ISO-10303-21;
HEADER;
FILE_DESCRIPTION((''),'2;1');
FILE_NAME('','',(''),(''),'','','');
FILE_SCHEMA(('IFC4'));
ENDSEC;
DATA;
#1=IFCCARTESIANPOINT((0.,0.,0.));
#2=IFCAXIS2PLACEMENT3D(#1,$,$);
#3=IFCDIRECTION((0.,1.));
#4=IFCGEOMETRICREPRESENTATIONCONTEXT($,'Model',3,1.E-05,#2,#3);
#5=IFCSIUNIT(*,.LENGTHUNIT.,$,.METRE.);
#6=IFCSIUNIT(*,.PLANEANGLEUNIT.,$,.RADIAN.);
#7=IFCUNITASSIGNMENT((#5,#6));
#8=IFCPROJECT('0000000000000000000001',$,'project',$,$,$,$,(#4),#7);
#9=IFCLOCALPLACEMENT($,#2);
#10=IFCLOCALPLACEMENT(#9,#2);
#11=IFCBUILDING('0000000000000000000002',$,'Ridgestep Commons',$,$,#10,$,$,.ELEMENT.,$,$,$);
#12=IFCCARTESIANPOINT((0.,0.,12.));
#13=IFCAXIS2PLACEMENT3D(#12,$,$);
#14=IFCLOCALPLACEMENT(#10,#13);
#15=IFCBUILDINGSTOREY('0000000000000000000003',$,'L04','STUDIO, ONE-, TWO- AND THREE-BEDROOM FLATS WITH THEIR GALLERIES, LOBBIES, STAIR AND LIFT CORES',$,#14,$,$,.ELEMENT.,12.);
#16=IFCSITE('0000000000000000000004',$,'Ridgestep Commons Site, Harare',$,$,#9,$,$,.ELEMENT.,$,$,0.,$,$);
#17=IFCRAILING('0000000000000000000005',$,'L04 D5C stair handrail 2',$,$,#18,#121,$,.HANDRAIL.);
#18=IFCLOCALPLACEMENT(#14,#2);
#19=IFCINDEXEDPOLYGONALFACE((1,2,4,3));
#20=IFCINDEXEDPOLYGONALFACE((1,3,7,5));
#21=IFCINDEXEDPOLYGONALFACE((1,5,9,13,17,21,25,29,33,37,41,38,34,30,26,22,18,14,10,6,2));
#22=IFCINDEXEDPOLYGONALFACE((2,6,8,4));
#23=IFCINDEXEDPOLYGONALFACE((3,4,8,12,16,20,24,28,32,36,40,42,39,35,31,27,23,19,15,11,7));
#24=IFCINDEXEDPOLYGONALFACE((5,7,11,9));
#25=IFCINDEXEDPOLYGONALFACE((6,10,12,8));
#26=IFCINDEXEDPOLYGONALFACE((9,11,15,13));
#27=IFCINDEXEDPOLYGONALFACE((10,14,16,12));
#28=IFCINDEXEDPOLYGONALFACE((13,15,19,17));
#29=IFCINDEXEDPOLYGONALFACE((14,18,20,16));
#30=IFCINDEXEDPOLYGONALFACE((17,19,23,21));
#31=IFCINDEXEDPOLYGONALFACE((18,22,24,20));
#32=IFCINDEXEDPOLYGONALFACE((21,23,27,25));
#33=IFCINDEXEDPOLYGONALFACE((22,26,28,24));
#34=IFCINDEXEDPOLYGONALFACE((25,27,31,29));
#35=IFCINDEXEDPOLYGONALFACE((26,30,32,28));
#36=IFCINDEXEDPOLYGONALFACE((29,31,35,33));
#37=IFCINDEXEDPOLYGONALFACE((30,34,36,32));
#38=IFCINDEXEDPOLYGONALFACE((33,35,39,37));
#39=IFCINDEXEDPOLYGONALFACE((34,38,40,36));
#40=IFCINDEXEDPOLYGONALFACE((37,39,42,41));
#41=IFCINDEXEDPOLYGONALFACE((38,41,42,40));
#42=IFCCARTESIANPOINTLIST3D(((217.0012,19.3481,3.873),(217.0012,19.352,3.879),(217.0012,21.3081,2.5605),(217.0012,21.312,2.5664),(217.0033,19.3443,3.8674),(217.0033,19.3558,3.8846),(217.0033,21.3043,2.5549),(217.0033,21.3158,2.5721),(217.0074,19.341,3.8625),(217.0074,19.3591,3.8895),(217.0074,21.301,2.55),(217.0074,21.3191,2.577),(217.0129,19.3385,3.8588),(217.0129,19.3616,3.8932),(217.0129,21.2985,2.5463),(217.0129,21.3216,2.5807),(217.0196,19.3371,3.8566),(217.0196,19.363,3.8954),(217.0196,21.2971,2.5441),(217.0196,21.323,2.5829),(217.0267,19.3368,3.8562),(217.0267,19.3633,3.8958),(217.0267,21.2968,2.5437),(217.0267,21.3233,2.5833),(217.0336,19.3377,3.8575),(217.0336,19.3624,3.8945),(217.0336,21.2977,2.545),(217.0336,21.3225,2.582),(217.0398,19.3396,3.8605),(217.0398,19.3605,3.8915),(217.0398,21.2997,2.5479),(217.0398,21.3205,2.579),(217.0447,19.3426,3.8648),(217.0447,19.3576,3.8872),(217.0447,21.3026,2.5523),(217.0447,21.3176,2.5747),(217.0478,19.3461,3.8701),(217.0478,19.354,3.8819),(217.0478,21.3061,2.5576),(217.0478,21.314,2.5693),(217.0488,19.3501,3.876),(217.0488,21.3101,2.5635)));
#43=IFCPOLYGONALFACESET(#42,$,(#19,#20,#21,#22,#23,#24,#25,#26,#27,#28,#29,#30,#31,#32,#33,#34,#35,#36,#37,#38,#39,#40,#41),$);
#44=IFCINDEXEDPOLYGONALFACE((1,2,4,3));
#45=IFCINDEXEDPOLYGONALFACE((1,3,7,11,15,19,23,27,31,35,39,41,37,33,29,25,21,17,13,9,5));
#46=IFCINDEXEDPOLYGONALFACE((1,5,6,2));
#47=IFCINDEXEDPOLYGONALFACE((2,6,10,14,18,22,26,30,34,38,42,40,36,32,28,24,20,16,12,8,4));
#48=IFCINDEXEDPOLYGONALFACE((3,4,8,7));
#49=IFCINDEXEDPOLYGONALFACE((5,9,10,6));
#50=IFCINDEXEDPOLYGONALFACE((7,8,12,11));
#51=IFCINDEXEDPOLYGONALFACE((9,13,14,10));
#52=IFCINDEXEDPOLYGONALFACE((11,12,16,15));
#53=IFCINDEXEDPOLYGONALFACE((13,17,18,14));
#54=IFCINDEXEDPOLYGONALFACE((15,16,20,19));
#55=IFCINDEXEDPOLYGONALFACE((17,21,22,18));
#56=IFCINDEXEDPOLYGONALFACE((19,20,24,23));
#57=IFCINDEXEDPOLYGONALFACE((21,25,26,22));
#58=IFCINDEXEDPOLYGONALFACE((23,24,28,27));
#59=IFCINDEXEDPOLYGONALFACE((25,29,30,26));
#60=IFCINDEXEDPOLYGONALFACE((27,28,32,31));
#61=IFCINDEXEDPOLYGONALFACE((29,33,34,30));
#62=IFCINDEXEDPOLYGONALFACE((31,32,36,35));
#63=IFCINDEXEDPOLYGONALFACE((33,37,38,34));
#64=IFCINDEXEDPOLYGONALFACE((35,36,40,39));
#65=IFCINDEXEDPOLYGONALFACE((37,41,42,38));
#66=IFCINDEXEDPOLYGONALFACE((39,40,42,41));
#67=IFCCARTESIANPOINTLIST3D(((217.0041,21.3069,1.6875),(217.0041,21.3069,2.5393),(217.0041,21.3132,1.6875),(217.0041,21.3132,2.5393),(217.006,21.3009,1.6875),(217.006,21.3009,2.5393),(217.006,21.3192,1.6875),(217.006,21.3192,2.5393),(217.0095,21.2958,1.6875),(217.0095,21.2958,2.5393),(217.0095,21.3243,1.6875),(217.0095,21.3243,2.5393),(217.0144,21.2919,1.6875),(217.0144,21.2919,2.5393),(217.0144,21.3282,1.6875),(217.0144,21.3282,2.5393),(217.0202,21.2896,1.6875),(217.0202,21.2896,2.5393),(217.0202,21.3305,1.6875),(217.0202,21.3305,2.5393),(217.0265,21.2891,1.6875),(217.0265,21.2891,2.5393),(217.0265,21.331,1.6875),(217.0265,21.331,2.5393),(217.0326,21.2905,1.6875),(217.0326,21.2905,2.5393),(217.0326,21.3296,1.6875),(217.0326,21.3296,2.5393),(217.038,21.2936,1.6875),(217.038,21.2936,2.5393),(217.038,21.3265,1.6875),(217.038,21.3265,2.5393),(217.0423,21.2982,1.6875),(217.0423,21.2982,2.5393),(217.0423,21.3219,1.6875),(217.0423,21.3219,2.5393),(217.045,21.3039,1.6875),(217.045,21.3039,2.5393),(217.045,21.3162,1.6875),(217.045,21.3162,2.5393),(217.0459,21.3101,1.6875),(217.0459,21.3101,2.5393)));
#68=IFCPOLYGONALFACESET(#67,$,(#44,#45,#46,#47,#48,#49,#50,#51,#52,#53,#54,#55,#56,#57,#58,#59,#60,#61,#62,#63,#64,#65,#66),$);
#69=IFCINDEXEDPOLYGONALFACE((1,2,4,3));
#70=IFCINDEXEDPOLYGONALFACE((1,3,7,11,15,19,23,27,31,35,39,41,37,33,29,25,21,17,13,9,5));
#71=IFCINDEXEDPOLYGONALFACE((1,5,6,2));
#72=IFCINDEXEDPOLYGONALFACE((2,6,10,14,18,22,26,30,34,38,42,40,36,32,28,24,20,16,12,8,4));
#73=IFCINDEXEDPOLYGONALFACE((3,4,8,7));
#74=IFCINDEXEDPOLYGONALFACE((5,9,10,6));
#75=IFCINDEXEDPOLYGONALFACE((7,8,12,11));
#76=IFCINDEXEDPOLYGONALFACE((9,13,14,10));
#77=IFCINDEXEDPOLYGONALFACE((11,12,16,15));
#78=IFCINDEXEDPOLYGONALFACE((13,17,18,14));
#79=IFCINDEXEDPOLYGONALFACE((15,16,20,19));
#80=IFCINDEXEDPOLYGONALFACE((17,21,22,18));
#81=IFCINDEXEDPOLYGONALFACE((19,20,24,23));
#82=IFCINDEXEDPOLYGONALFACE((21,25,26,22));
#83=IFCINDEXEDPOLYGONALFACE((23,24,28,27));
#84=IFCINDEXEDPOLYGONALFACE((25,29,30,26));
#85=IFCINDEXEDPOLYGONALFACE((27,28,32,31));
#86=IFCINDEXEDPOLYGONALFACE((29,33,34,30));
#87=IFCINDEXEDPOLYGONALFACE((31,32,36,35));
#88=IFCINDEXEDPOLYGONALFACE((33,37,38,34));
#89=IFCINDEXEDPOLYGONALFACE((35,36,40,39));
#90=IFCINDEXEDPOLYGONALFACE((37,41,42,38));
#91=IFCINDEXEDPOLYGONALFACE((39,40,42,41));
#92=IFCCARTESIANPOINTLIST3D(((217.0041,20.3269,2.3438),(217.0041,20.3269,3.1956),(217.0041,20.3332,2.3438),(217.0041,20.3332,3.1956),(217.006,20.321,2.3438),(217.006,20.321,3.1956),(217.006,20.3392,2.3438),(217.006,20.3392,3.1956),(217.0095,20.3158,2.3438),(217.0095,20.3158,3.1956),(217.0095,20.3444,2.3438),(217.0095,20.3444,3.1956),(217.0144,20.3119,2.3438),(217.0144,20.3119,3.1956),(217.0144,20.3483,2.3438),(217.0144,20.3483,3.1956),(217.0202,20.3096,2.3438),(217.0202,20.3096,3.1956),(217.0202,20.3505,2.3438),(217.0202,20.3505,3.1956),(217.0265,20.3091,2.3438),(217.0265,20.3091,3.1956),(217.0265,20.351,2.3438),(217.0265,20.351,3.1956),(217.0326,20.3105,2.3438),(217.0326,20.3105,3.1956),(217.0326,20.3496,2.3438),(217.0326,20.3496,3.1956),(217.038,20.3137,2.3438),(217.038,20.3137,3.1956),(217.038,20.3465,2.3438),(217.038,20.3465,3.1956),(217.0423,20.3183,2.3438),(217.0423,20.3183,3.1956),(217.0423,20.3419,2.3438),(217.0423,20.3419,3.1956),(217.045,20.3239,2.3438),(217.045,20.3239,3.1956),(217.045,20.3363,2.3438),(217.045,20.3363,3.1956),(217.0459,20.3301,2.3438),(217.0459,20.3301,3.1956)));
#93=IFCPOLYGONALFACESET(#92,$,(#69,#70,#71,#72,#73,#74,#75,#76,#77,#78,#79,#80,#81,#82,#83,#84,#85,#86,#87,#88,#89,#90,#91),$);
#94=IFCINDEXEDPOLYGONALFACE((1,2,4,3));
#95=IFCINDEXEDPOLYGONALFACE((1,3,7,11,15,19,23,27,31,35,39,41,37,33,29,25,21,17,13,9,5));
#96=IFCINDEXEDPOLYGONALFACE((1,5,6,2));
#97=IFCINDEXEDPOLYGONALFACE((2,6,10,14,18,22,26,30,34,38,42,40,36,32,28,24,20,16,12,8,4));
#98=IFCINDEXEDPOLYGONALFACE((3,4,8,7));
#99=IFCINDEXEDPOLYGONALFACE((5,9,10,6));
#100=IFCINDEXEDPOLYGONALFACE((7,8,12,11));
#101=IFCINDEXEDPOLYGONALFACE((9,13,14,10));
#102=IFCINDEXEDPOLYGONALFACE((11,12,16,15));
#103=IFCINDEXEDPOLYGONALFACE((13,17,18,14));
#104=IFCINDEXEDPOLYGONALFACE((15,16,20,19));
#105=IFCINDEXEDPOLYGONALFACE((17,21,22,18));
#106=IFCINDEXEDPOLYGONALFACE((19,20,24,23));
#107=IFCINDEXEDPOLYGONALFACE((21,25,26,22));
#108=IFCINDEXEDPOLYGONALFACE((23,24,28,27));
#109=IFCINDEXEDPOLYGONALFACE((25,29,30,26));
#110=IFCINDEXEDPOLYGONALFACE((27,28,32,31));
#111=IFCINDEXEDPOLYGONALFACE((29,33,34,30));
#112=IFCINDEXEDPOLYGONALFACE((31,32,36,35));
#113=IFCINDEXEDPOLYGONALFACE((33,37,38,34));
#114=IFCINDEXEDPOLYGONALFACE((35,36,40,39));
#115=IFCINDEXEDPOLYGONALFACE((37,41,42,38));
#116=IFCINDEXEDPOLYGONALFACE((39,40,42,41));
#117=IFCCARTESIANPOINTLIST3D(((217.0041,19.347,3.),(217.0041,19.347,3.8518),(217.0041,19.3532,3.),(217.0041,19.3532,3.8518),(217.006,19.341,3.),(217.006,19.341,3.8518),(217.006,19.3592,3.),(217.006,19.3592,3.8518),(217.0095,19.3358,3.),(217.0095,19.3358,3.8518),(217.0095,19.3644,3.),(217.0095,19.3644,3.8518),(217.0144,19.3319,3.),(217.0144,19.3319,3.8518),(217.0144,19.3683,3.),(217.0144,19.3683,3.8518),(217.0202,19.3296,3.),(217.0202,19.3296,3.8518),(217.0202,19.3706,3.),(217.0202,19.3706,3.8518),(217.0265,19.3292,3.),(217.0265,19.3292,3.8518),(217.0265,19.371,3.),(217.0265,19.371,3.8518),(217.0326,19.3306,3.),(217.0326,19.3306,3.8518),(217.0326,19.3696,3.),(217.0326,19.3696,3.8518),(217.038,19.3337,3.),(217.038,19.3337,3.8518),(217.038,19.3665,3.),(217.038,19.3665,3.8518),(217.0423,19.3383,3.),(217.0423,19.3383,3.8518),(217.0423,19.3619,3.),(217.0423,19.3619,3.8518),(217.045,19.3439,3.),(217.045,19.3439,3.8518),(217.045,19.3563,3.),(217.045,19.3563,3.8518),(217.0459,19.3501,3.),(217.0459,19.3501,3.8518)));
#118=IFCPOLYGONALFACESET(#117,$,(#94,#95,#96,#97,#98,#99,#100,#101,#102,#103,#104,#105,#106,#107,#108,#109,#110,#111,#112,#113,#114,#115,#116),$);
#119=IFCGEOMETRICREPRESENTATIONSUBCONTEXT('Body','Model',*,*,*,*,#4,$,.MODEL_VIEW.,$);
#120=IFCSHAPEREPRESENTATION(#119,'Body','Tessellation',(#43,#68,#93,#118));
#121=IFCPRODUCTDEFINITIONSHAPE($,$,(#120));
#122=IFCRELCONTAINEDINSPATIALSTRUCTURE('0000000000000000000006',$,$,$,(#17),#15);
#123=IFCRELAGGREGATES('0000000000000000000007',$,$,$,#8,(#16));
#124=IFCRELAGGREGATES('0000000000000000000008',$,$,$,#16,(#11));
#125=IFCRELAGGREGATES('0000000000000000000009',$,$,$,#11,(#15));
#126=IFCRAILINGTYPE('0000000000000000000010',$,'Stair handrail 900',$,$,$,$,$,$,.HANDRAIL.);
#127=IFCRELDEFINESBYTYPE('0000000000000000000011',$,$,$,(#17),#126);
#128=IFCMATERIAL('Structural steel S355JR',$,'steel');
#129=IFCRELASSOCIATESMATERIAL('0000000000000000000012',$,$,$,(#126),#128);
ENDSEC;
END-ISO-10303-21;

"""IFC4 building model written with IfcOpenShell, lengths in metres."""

from ifc_helpers import new_model, si_unit, direction, frame, origin, origin_2d, place, context, subcontext, project, spatial, circle, extrude, material, type_object, element, save


model = new_model("IFC4")

# Units and contexts
model_context = context("Model", 3, precision=1e-05, world=origin(), true_north=direction((0.0, 1.0)))
body_context = subcontext(model_context, "Body", "Model", "MODEL_VIEW")
ifc_project = project(units=[si_unit("LENGTHUNIT", "METRE"), si_unit("PLANEANGLEUNIT", "RADIAN")], contexts=[model_context])

# Site, building, storey
site_placement = place(None, origin())
site = spatial("IfcSite", under=ifc_project, at=site_placement, Name="Ridgestep Commons Site, Harare", CompositionType="ELEMENT", RefElevation=0.0)
building_placement = place(site_placement, origin())
building = spatial("IfcBuilding", under=site, at=building_placement, Name="Ridgestep Commons", CompositionType="ELEMENT")
storey_placement = place(building_placement, frame((0.0, 0.0, 12.0)))
storey = spatial("IfcBuildingStorey", under=building, at=storey_placement, Name="L04", Description="STUDIO, ONE-, TWO- AND THREE-BEDROOM FLATS WITH THEIR GALLERIES, LOBBIES, STAIR AND LIFT CORES", CompositionType="ELEMENT", Elevation=12.0)

# Railing
ifc_material_1 = material(Name="Structural steel S355JR", Category="steel")
railing_type_1 = type_object("IfcRailingType", Name="Stair handrail 900", PredefinedType="HANDRAIL", material=ifc_material_1)
railing_1_placement = place(storey_placement, frame((217.0249, 21.3101, 1.6875)))
element("IfcRailing", 1, at=railing_1_placement, inside=storey, type_object=railing_type_1, Name="L04 D5C stair handrail 2", PredefinedType="HANDRAIL", context=body_context, shape_type="SweptSolid", body=[
    extrude(circle(Radius=0.0239, at=origin_2d()), frame((0.0, 0.0, 0.876), z_axis=(0.0, -0.830902, 0.556419), x_axis=(1.0, 0.0, 0.0)), (0.0, 0.0, 1.0), 2.3589),
    extrude(circle(Radius=0.021, at=origin_2d()), origin(), (0.0, 0.0, 1.0), 0.8518),
    extrude(circle(Radius=0.021, at=origin_2d()), frame((0.0, -0.98, 0.6562)), (0.0, 0.0, 1.0), 0.8518),
    extrude(circle(Radius=0.021, at=origin_2d()), frame((0.0, -1.96, 1.3125)), (0.0, 0.0, 1.0), 0.8518),
])

save(model, "model.ifc")
